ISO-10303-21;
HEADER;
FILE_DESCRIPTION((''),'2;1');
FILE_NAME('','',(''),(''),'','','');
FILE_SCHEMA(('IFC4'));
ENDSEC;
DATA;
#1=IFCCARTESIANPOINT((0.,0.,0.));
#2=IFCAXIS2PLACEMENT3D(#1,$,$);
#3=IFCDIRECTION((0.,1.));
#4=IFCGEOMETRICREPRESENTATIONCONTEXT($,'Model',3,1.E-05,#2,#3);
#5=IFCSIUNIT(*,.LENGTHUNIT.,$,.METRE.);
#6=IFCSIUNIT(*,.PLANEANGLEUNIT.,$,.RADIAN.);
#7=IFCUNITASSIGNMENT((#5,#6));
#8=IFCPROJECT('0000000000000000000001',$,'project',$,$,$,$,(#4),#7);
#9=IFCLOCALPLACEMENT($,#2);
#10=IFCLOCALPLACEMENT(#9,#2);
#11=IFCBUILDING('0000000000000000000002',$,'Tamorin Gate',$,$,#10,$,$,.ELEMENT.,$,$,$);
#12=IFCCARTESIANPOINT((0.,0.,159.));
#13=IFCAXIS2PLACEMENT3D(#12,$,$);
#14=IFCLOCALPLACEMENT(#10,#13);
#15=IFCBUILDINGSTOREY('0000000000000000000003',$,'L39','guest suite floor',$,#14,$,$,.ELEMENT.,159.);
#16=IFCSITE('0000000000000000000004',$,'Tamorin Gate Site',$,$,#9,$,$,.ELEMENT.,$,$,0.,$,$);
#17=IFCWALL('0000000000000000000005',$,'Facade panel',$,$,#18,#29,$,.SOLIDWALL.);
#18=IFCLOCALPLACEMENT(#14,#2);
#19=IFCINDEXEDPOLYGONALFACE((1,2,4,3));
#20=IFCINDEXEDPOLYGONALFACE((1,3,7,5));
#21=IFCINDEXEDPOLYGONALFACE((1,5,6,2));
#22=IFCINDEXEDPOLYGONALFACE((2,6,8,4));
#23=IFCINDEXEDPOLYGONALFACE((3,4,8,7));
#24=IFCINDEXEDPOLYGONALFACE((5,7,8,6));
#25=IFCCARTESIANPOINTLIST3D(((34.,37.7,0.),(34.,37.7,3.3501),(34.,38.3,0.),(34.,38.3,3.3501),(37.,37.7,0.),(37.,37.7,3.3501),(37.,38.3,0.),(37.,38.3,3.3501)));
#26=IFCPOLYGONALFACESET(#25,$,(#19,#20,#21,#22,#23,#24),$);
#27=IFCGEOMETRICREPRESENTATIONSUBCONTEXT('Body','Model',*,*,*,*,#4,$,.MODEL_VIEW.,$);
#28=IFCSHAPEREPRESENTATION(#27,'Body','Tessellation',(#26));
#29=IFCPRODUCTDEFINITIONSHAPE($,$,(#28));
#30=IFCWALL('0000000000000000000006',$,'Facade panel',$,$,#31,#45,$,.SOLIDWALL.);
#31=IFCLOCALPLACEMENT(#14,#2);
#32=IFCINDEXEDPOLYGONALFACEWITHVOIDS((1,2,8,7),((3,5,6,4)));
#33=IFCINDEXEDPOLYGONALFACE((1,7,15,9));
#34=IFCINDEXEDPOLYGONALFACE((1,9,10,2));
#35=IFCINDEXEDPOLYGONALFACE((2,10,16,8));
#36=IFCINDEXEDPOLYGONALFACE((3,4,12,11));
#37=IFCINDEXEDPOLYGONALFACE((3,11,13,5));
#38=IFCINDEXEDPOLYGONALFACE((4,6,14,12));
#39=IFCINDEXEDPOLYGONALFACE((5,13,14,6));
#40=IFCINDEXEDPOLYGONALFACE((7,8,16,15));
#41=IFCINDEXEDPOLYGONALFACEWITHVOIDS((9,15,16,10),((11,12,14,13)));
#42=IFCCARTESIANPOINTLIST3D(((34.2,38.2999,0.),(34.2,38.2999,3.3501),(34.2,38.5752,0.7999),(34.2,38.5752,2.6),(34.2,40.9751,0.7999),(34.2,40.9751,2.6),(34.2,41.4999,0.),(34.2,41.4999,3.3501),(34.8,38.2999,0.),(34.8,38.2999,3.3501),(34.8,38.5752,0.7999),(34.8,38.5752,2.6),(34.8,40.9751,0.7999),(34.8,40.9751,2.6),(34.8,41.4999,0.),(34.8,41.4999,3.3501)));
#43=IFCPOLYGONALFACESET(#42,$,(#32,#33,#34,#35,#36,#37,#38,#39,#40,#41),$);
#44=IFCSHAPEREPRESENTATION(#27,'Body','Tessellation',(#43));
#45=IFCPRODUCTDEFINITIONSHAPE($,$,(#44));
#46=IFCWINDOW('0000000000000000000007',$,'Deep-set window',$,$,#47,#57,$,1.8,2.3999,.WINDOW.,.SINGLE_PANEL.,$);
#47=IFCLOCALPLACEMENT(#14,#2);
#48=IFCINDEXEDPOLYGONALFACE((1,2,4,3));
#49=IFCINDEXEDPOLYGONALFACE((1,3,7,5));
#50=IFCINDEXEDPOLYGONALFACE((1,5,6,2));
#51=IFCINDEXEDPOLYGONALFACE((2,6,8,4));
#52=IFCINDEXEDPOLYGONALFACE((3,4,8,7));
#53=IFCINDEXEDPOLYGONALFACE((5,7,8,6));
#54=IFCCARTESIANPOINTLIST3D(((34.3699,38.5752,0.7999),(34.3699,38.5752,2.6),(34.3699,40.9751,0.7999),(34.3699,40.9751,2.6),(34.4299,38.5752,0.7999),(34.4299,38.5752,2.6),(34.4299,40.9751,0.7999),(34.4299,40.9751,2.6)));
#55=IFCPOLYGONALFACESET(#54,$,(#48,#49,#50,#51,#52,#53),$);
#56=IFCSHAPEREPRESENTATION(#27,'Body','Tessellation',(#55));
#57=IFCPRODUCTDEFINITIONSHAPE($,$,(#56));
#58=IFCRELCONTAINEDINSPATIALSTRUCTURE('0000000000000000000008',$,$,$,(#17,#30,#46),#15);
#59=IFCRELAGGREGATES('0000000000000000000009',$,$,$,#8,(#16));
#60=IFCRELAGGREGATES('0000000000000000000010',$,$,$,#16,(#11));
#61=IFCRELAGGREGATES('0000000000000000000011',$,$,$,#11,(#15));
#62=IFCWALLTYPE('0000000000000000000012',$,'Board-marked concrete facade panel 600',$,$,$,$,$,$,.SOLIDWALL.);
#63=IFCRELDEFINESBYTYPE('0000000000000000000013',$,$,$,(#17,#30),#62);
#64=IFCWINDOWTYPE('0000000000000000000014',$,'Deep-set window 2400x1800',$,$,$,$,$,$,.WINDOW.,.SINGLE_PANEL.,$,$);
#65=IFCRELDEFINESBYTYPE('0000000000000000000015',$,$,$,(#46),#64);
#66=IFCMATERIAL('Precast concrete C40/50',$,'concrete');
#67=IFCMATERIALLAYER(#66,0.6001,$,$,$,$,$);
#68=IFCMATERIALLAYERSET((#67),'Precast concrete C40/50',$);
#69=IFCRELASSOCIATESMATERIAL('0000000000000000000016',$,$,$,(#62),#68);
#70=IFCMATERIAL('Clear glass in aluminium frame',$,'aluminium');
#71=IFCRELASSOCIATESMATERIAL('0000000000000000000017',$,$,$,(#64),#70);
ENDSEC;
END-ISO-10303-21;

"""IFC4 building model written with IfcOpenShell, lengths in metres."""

from ifc_helpers import new_model, si_unit, direction, frame, frame_2d, origin, place, context, subcontext, project, spatial, rectangle, extrude, material, layer, layer_set, type_object, element, fill, save


model = new_model("IFC4")

# Units and contexts
model_context = context("Model", 3, precision=1e-05, world=origin(), true_north=direction((0.0, 1.0)))
body_context = subcontext(model_context, "Body", "Model", "MODEL_VIEW")
ifc_project = project(units=[si_unit("LENGTHUNIT", "METRE"), si_unit("PLANEANGLEUNIT", "RADIAN")], contexts=[model_context])

# Site, building, storey
site_placement = place(None, origin())
site = spatial("IfcSite", under=ifc_project, at=site_placement, Name="Tamorin Gate Site", CompositionType="ELEMENT", RefElevation=0.0)
building_placement = place(site_placement, origin())
building = spatial("IfcBuilding", under=site, at=building_placement, Name="Tamorin Gate", CompositionType="ELEMENT")
storey_placement = place(building_placement, frame((0.0, 0.0, 159.0)))
storey = spatial("IfcBuildingStorey", under=building, at=storey_placement, Name="L39", Description="guest suite floor", CompositionType="ELEMENT", Elevation=159.0)

# Wall
ifc_material_1 = material(Name="Precast concrete C40/50", Category="concrete")
ifc_layer_1 = layer(ifc_material_1, 0.6001)
ifc_layer_set_1 = layer_set([ifc_layer_1], Name="Precast concrete C40/50")
wall_type = type_object("IfcWallType", Name="Board-marked concrete facade panel 600", PredefinedType="SOLIDWALL", material=ifc_layer_set_1)
wall_1_placement = place(storey_placement, frame((34.0, 38.0, 0.0), z_axis=(0.0, 0.0, 1.0), x_axis=(1.0, 0.0, 0.0)))
element("IfcWall", 1, at=wall_1_placement, inside=storey, type_object=wall_type, Name="Facade panel", PredefinedType="SOLIDWALL", context=body_context, shape_type="SweptSolid", body=[
    extrude(rectangle(XDim=3.0, YDim=0.6001, at=frame_2d((1.5, 0.0))), origin(), (0.0, 0.0, 1.0), 3.3501),
])

# Wall, opening, window
wall_2_placement = place(storey_placement, frame((34.5, 41.5, 0.0), z_axis=(0.0, 0.0, 1.0), x_axis=(0.0, -1.0, 0.0)))
wall_2 = element("IfcWall", 2, at=wall_2_placement, inside=storey, type_object=wall_type, Name="Facade panel", PredefinedType="SOLIDWALL", context=body_context, shape_type="SweptSolid", body=[
    extrude(rectangle(XDim=3.2, YDim=0.6001, at=frame_2d((1.6001, 0.0))), origin(), (0.0, 0.0, 1.0), 3.3501),
])
opening_placement = place(wall_2_placement, frame((0.5249, 0.0, 0.8)))
opening = element("IfcOpeningElement", 3, at=opening_placement, cuts=wall_2, PredefinedType="OPENING", context=body_context, shape_type="SweptSolid", body=[
    extrude(rectangle(XDim=2.3999, YDim=1.8, at=frame_2d((1.2, 0.8999))), frame((0.0, 0.3101, 0.0), z_axis=(0.0, -1.0, 0.0), x_axis=(1.0, 0.0, 0.0)), (0.0, 0.0, 1.0), 0.6201),
])
ifc_material_2 = material(Name="Clear glass in aluminium frame", Category="aluminium")
window_type = type_object("IfcWindowType", Name="Deep-set window 2400x1800", PartitioningType="SINGLE_PANEL", PredefinedType="WINDOW", material=ifc_material_2)
window_placement = place(opening_placement, origin())
window = element("IfcWindow", 4, at=window_placement, inside=storey, type_object=window_type, Name="Deep-set window", OverallHeight=1.8, OverallWidth=2.3999, PartitioningType="SINGLE_PANEL", PredefinedType="WINDOW", context=body_context, shape_type="SweptSolid", body=[
    extrude(rectangle(XDim=2.3999, YDim=1.8, at=frame_2d((1.2, 0.8999))), frame((0.0, -0.0701, 0.0), z_axis=(0.0, -1.0, 0.0), x_axis=(1.0, 0.0, 0.0)), (0.0, 0.0, 1.0), 0.0601),
])
fill(opening, window)

save(model, "model.ifc")
